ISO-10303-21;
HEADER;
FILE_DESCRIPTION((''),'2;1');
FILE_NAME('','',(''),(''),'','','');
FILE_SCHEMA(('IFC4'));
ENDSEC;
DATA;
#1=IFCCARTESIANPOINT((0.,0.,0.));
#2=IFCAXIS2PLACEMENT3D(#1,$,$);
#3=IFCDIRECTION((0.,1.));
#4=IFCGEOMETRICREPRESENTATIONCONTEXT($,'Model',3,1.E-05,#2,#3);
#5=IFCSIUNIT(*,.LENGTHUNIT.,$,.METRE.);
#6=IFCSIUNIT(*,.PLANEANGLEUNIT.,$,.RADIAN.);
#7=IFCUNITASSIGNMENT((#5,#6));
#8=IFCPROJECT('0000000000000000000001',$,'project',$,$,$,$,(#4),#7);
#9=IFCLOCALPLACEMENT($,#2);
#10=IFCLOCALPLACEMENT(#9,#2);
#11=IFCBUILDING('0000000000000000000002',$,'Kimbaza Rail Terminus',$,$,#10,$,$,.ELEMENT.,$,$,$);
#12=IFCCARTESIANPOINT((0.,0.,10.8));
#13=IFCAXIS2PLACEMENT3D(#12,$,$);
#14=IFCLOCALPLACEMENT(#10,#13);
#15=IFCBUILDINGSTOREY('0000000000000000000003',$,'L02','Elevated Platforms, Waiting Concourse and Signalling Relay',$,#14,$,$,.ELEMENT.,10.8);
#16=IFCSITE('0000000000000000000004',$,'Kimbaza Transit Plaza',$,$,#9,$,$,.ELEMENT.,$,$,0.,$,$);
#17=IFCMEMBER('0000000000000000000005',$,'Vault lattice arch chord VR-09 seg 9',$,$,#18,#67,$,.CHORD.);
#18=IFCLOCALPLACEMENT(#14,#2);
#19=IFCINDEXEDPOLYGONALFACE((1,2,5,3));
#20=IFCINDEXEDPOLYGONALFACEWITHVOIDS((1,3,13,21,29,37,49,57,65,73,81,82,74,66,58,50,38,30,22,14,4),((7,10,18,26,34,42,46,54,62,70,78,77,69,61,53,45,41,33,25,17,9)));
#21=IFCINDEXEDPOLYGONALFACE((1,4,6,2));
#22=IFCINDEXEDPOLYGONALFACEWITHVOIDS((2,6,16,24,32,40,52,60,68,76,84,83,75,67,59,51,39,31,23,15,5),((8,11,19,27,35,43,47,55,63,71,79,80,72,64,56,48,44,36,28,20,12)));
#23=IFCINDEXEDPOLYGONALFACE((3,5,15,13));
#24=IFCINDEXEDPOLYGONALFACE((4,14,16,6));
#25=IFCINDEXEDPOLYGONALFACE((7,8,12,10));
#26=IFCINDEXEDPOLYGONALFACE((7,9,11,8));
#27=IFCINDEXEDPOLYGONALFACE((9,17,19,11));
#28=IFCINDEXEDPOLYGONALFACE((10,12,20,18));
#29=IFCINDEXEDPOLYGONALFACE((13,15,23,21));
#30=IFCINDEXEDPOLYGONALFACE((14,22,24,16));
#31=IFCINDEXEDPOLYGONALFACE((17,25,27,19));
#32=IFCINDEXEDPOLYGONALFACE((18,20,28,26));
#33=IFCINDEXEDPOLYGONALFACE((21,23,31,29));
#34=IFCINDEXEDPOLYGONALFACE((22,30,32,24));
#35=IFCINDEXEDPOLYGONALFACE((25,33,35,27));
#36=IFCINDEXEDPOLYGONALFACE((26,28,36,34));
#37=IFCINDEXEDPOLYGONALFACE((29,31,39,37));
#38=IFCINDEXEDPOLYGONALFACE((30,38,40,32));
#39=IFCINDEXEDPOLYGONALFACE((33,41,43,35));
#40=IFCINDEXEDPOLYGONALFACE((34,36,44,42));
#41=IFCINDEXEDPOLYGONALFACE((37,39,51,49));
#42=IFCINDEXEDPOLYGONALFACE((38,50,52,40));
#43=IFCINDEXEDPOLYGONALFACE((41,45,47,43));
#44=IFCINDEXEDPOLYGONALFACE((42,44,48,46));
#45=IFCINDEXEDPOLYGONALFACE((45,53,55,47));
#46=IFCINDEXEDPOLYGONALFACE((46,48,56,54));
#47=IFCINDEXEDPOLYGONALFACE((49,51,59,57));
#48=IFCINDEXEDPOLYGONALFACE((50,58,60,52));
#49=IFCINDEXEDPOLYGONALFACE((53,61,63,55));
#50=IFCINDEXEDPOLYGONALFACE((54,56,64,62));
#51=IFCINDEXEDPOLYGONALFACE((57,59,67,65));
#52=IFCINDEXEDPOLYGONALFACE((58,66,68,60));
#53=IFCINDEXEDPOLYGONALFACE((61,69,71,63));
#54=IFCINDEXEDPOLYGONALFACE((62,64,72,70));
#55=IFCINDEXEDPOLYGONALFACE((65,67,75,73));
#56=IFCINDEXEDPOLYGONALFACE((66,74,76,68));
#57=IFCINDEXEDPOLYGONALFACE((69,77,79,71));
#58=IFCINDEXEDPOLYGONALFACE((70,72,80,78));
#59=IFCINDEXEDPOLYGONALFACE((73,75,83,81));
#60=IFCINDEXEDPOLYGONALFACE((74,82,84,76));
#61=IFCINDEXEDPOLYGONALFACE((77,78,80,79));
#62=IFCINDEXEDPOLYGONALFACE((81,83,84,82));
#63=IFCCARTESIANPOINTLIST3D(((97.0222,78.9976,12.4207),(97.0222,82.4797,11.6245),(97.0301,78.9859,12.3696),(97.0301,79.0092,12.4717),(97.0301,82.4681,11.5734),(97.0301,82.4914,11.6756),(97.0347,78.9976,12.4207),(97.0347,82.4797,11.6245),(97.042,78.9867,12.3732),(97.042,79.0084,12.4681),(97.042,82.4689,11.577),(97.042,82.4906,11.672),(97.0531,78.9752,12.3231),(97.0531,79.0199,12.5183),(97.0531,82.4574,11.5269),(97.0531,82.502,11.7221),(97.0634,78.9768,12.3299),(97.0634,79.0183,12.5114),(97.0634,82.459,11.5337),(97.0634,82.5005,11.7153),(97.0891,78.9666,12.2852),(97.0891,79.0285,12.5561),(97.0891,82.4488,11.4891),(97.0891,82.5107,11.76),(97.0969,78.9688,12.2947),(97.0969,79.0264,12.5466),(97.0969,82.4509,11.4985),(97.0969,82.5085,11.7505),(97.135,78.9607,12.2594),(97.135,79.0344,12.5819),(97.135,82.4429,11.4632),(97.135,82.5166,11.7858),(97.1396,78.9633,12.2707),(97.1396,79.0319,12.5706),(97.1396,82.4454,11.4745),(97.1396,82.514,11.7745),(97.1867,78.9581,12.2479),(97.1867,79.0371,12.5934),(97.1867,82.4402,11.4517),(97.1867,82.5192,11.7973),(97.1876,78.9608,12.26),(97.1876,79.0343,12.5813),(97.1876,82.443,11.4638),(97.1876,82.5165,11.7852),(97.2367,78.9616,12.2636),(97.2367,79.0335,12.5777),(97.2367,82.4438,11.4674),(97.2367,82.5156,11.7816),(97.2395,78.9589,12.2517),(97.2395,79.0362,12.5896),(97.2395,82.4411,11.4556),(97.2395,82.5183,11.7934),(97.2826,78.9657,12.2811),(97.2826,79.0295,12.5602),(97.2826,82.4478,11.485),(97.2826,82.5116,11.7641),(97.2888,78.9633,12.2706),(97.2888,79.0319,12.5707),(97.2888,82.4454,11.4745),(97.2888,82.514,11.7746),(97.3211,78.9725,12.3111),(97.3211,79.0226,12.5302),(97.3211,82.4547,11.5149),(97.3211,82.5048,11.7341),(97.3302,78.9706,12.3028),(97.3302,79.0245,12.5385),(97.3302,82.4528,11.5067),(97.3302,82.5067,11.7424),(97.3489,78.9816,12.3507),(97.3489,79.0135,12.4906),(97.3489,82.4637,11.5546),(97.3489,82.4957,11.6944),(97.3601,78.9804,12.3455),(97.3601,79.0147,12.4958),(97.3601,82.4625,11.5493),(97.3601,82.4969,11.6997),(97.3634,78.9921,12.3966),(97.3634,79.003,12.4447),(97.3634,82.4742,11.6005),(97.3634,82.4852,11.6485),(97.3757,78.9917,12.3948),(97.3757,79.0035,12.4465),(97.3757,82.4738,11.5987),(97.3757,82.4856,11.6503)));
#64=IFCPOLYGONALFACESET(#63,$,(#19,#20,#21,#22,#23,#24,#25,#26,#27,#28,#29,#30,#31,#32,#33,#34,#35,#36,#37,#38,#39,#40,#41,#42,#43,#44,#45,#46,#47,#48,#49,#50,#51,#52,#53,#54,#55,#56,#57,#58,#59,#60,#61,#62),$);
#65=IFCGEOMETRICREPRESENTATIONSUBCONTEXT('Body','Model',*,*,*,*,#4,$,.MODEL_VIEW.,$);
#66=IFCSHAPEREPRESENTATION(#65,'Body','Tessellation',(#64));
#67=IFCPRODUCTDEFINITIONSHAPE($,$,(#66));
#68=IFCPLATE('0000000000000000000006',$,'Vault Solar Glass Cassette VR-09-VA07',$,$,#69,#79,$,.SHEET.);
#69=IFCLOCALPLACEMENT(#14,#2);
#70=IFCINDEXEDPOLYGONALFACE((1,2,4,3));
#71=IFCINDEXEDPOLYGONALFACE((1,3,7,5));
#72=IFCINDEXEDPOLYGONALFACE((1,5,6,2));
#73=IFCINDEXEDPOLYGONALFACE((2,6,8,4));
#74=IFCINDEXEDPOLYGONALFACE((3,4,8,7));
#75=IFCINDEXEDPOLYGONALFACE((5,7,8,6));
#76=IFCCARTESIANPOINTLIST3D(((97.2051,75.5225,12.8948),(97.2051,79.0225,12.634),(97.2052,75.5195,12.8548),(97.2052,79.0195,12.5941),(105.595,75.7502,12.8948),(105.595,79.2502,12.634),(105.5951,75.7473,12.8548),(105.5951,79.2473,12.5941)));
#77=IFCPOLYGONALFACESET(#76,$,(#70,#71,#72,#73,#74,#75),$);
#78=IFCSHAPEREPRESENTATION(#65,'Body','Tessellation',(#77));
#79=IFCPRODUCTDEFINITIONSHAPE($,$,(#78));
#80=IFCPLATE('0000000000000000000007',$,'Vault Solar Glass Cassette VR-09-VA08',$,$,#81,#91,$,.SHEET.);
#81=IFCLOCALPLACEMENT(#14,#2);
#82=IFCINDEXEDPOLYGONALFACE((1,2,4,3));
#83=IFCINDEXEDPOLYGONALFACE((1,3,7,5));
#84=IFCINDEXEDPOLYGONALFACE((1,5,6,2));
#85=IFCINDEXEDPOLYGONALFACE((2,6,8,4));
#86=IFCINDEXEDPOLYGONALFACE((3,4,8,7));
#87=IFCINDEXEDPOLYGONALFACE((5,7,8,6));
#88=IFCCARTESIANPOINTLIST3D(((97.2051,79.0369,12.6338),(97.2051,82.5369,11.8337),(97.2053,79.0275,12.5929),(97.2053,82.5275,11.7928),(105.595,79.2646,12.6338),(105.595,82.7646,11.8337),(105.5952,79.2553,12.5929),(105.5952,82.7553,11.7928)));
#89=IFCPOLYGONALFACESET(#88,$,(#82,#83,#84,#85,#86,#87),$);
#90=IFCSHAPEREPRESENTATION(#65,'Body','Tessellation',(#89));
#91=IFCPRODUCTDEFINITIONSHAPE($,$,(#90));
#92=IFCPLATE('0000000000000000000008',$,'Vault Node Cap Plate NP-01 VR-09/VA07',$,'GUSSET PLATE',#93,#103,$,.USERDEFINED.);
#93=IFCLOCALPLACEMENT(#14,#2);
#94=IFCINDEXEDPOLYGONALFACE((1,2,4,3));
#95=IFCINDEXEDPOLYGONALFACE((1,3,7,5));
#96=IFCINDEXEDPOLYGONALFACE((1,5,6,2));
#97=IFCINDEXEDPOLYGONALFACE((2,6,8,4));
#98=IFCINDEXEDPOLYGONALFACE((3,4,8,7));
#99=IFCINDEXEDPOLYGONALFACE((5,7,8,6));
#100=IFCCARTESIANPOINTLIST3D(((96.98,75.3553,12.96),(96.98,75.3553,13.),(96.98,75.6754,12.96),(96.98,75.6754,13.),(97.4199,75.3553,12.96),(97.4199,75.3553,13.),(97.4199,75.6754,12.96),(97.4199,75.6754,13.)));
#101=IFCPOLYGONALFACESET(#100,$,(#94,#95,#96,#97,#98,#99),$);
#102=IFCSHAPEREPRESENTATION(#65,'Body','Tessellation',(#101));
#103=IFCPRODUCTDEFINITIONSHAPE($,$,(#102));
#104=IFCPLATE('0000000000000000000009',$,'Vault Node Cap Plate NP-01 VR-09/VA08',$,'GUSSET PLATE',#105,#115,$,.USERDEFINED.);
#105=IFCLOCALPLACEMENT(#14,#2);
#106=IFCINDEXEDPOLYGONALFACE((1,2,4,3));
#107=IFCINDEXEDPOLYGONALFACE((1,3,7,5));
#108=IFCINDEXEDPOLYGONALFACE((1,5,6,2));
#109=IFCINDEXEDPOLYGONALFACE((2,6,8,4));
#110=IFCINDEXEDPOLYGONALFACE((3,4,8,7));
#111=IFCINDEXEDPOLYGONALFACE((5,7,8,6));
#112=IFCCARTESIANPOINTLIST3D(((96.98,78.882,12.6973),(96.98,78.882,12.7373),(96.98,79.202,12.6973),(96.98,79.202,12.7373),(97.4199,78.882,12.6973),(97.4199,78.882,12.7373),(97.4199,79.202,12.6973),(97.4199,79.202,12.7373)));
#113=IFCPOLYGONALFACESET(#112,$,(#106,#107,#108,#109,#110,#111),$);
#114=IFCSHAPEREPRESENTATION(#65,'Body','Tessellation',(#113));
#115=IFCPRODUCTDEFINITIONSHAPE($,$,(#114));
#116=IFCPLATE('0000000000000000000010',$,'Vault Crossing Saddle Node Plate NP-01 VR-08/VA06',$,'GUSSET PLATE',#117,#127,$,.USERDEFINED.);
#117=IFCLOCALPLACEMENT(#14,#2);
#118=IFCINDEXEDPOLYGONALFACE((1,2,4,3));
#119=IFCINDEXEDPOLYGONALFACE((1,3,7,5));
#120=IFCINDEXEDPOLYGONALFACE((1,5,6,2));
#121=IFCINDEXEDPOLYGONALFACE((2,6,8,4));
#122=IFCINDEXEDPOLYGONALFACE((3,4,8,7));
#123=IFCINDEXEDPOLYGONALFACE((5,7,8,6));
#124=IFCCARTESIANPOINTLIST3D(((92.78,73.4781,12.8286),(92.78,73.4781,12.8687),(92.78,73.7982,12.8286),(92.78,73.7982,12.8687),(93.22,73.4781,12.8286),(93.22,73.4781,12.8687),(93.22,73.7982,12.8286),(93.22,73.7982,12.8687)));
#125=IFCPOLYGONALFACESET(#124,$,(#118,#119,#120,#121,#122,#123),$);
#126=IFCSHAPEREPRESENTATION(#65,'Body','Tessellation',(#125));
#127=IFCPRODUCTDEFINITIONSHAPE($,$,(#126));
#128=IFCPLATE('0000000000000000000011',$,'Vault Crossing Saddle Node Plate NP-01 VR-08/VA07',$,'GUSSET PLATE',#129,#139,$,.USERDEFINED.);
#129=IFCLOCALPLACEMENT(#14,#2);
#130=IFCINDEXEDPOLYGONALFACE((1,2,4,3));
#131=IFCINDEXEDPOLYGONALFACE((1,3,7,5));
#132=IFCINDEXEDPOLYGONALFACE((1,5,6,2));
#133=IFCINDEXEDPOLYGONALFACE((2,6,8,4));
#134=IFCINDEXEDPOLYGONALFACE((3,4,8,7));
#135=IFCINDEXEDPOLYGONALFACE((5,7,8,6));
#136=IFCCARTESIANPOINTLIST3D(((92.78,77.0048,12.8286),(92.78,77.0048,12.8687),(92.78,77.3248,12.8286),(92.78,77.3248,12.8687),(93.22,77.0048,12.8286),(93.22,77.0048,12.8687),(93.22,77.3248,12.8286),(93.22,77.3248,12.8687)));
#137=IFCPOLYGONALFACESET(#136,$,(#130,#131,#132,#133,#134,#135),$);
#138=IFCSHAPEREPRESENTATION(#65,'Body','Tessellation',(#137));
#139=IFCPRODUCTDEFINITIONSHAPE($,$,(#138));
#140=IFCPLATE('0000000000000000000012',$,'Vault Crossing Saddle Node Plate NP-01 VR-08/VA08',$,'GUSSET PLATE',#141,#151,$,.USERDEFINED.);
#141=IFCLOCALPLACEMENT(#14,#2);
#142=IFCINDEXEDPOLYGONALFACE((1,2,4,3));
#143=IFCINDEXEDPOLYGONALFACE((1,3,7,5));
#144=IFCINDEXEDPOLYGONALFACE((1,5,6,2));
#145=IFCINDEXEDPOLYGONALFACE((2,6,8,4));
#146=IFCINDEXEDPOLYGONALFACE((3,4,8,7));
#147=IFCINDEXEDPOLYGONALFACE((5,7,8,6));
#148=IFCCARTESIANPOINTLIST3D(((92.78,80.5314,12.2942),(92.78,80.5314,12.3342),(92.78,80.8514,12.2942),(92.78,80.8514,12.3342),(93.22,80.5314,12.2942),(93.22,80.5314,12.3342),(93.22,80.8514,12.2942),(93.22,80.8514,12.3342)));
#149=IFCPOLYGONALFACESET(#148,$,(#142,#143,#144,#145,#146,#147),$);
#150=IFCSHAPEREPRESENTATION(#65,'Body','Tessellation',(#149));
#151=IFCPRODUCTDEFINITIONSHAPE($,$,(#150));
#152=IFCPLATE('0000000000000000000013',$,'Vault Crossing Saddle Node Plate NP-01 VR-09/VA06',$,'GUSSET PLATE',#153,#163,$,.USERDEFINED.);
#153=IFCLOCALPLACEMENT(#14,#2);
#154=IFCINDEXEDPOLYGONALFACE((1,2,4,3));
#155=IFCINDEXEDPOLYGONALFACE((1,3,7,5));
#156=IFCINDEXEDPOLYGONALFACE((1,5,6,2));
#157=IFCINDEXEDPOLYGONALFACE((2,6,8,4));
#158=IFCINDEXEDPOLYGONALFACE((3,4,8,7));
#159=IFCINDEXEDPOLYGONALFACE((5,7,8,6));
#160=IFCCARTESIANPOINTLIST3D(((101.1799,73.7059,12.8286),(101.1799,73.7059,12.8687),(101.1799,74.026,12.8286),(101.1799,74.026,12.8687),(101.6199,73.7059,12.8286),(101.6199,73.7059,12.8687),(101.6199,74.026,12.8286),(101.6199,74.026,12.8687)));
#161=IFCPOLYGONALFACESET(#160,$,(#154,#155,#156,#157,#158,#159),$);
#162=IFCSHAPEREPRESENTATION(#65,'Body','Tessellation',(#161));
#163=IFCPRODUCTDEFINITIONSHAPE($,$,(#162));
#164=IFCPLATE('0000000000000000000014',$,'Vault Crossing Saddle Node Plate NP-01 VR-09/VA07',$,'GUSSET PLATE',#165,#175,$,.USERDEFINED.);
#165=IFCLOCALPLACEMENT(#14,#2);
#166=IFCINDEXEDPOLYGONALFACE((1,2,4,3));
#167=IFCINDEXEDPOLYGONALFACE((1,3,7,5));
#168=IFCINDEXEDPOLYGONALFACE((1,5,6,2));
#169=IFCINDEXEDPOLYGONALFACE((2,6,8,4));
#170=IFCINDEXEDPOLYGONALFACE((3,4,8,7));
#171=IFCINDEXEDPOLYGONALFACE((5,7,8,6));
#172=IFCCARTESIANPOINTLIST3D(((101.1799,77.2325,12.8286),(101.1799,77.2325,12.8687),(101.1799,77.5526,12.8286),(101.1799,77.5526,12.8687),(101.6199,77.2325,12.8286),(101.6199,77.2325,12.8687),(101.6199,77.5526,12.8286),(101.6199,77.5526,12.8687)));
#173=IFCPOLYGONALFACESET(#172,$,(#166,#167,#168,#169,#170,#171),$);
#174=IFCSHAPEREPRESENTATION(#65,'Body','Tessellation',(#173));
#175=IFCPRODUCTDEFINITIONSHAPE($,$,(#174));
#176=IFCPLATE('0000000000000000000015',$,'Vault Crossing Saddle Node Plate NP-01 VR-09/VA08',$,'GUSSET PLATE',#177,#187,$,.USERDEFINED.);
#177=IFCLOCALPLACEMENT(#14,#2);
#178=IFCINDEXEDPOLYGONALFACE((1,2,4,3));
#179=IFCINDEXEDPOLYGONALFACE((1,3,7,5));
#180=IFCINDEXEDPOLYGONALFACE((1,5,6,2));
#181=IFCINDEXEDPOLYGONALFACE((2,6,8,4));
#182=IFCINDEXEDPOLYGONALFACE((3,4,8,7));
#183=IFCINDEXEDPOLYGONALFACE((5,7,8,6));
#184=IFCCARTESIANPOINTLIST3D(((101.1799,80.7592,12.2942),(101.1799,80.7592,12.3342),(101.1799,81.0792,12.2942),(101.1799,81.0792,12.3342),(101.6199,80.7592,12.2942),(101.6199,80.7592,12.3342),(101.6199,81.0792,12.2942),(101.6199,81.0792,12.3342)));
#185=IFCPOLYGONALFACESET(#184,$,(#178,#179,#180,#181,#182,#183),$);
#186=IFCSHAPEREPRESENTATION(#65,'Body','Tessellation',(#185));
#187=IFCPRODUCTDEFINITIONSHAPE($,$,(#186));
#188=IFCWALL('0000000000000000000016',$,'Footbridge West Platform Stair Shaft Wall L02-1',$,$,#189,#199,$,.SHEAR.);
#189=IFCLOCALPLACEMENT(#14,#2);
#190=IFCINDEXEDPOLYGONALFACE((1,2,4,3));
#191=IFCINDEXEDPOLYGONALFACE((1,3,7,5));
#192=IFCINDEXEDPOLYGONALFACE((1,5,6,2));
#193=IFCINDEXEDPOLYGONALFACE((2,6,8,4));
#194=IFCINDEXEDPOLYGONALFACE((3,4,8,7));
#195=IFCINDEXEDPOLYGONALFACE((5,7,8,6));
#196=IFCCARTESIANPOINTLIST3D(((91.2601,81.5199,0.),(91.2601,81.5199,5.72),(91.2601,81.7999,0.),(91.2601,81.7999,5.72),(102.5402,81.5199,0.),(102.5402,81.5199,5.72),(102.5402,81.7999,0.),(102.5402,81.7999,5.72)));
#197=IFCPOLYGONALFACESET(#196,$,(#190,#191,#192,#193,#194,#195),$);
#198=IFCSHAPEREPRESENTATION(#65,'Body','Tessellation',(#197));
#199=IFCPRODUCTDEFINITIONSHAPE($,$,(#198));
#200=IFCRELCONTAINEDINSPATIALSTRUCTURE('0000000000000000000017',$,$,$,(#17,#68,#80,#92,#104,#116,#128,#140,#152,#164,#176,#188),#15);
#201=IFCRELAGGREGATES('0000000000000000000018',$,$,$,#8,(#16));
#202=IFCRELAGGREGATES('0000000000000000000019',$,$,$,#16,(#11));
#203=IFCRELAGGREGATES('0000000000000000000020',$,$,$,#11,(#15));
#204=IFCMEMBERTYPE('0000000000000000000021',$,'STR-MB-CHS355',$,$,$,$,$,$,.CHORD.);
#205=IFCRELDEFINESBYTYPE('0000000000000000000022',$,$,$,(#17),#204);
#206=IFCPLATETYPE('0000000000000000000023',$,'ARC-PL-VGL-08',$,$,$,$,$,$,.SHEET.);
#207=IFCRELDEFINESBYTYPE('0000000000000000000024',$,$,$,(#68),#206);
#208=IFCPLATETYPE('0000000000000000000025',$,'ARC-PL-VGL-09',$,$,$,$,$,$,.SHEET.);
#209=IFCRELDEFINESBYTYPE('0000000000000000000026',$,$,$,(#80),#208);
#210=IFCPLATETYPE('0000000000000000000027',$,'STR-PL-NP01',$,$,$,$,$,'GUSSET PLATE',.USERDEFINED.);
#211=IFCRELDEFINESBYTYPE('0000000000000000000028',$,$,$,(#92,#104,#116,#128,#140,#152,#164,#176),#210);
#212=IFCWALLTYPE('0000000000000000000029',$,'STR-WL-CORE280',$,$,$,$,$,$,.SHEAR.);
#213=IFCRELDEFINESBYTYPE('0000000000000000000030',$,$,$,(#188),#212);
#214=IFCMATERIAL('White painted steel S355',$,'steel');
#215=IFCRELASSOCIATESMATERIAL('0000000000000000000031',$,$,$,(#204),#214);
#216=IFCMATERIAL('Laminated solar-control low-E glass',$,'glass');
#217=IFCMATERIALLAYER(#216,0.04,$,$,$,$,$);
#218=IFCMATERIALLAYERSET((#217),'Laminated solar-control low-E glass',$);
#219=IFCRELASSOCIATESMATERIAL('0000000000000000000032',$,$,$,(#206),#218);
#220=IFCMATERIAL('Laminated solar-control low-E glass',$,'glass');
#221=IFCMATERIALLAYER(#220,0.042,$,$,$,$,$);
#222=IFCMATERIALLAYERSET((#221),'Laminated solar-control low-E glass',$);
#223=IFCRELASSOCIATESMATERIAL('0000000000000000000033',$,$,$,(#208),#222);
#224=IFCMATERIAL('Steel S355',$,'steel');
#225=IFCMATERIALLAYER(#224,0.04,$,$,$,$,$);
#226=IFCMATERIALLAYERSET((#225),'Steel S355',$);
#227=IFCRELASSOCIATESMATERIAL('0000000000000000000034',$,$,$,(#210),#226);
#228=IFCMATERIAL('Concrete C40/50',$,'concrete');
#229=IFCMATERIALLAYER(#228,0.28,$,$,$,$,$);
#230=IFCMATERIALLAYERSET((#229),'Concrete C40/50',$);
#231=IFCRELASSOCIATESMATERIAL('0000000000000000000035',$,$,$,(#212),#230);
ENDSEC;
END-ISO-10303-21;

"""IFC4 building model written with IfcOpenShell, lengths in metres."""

from ifc_helpers import new_model, si_unit, direction, frame, frame_2d, origin, origin_2d, place, context, subcontext, project, spatial, polyline, rectangle, hollow_circle, outline, extrude, material, layer, layer_set, material_profile, profile_set, type_object, element, save


model = new_model("IFC4")

# Units and contexts
model_context = context("Model", 3, precision=1e-05, world=origin(), true_north=direction((0.0, 1.0)))
body_context = subcontext(model_context, "Body", "Model", "MODEL_VIEW")
ifc_project = project(units=[si_unit("LENGTHUNIT", "METRE"), si_unit("PLANEANGLEUNIT", "RADIAN")], contexts=[model_context])

# Site, building, storey
site_placement = place(None, origin())
site = spatial("IfcSite", under=ifc_project, at=site_placement, Name="Kimbaza Transit Plaza", CompositionType="ELEMENT", RefElevation=0.0)
building_placement = place(site_placement, origin())
building = spatial("IfcBuilding", under=site, at=building_placement, Name="Kimbaza Rail Terminus", CompositionType="ELEMENT")
storey_placement = place(building_placement, frame((0.0, 0.0, 10.8)))
storey = spatial("IfcBuildingStorey", under=building, at=storey_placement, Name="L02", Description="Elevated Platforms, Waiting Concourse and Signalling Relay", CompositionType="ELEMENT", Elevation=10.8)

# Member
ifc_material_1 = material(Name="White painted steel S355", Category="steel")
ifc_material_profile_1 = material_profile(ifc_material_1, hollow_circle(Radius=0.1777, WallThickness=0.0125, at=origin_2d()), Name="CHS 355.6x12.5")
ifc_profile_set_1 = profile_set([ifc_material_profile_1], Name="White painted steel S355")
member_type_1 = type_object("IfcMemberType", Name="STR-MB-CHS355", PredefinedType="CHORD", material=ifc_profile_set_1)
member_1_placement = place(storey_placement, frame((97.2, 78.9976, 12.4207), z_axis=(0.0, 0.974845, -0.222882), x_axis=(-1.0, 0.0, 0.0)))
element("IfcMember", 1, at=member_1_placement, inside=storey, type_object=member_type_1, Name="Vault lattice arch chord VR-09 seg 9", PredefinedType="CHORD", context=body_context, shape_type="SweptSolid", body=[
    extrude(hollow_circle(Radius=0.1777, WallThickness=0.0125, at=origin_2d()), origin(), (0.0, 0.0, 1.0), 3.572),
])

# Plates
ifc_material_2 = material(Name="Laminated solar-control low-E glass", Category="glass")
ifc_layer_1 = layer(ifc_material_2, 0.04)
ifc_layer_set_1 = layer_set([ifc_layer_1], Name="Laminated solar-control low-E glass")
plate_type_1 = type_object("IfcPlateType", Name="ARC-PL-VGL-08", PredefinedType="SHEET", material=ifc_layer_set_1)
plate_1_placement = place(storey_placement, frame((97.2051, 75.5225, 12.8948), z_axis=(-0.002017, 0.074292, 0.997235), x_axis=(0.999632, 0.02714, 0.0)))
element("IfcPlate", 2, at=plate_1_placement, inside=storey, type_object=plate_type_1, Name="Vault Solar Glass Cassette VR-09-VA07", PredefinedType="SHEET", context=body_context, shape_type="SweptSolid", body=[
    extrude(outline(polyline([(0.0, 0.0), (8.393, 0.0), (8.488, 3.5084), (0.095, 3.5084), (0.0, 0.0)])), origin(), (0.0, 0.0, -1.0), 0.04),
])
ifc_material_3 = material(Name="Laminated solar-control low-E glass", Category="glass")
ifc_layer_2 = layer(ifc_material_3, 0.042)
ifc_layer_set_2 = layer_set([ifc_layer_2], Name="Laminated solar-control low-E glass")
plate_type_2 = type_object("IfcPlateType", Name="ARC-PL-VGL-09", PredefinedType="SHEET", material=ifc_layer_set_2)
plate_2_placement = place(storey_placement, frame((97.2051, 79.0369, 12.6338), z_axis=(-0.00605, 0.222834, 0.974838), x_axis=(0.999632, 0.02714, 0.0)))
element("IfcPlate", 3, at=plate_2_placement, inside=storey, type_object=plate_type_2, Name="Vault Solar Glass Cassette VR-09-VA08", PredefinedType="SHEET", context=body_context, shape_type="SweptSolid", body=[
    extrude(outline(polyline([(0.0, 0.0), (8.393, 0.0), (8.488, 3.589), (0.095, 3.589), (0.0, 0.0)])), origin(), (0.0, 0.0, -1.0), 0.042),
])
ifc_material_4 = material(Name="Steel S355", Category="steel")
ifc_layer_3 = layer(ifc_material_4, 0.04)
ifc_layer_set_3 = layer_set([ifc_layer_3], Name="Steel S355")
plate_type_3 = type_object("IfcPlateType", Name="STR-PL-NP01", ElementType="GUSSET PLATE", PredefinedType="USERDEFINED", material=ifc_layer_set_3)
for number, where, z_axis, x_axis, name in (
    (4, (97.2, 75.5154, 12.96), (0.0, 0.0, 1.0), (1.0, 0.0, 0.0), "Vault Node Cap Plate NP-01 VR-09/VA07"),
    (5, (97.2, 79.042, 12.6973), (0.0, 0.0, 1.0), (1.0, 0.0, 0.0), "Vault Node Cap Plate NP-01 VR-09/VA08"),
    (6, (93.0, 73.6382, 12.8286), (0.0, 0.0, 1.0), (1.0, 0.0, 0.0), "Vault Crossing Saddle Node Plate NP-01 VR-08/VA06"),
    (7, (93.0, 77.1648, 12.8286), (0.0, 0.0, 1.0), (1.0, 0.0, 0.0), "Vault Crossing Saddle Node Plate NP-01 VR-08/VA07"),
    (8, (93.0, 80.6914, 12.2942), (0.0, 0.0, 1.0), (1.0, 0.0, 0.0), "Vault Crossing Saddle Node Plate NP-01 VR-08/VA08"),
    (9, (101.3999, 73.866, 12.8286), (0.0, 0.0, 1.0), (1.0, 0.0, 0.0), "Vault Crossing Saddle Node Plate NP-01 VR-09/VA06"),
    (10, (101.3999, 77.3926, 12.8286), (0.0, 0.0, 1.0), (1.0, 0.0, 0.0), "Vault Crossing Saddle Node Plate NP-01 VR-09/VA07"),
    (11, (101.3999, 80.9192, 12.2942), (0.0, 0.0, 1.0), (1.0, 0.0, 0.0), "Vault Crossing Saddle Node Plate NP-01 VR-09/VA08"),
):
    element("IfcPlate", number, at=place(storey_placement, frame(where, z_axis=z_axis, x_axis=x_axis)), inside=storey, type_object=plate_type_3, Name=name, ObjectType="GUSSET PLATE", PredefinedType="USERDEFINED", context=body_context, shape_type="SweptSolid", body=[
        extrude(rectangle(XDim=0.4399, YDim=0.3201, at=origin_2d()), origin(), (0.0, 0.0, 1.0), 0.04),
    ])

# Wall
ifc_material_5 = material(Name="Concrete C40/50", Category="concrete")
ifc_layer_4 = layer(ifc_material_5, 0.28)
ifc_layer_set_4 = layer_set([ifc_layer_4], Name="Concrete C40/50")
wall_type = type_object("IfcWallType", Name="STR-WL-CORE280", PredefinedType="SHEAR", material=ifc_layer_set_4)
wall_placement = place(storey_placement, frame((91.26, 81.6599, 0.0), z_axis=(0.0, 0.0, 1.0), x_axis=(1.0, 0.0, 0.0)))
element("IfcWall", 12, at=wall_placement, inside=storey, type_object=wall_type, Name="Footbridge West Platform Stair Shaft Wall L02-1", PredefinedType="SHEAR", context=body_context, shape_type="SweptSolid", body=[
    extrude(rectangle(XDim=11.28, YDim=0.28, at=frame_2d((5.6401, 0.0))), origin(), (0.0, 0.0, 1.0), 5.72),
])

save(model, "model.ifc")
